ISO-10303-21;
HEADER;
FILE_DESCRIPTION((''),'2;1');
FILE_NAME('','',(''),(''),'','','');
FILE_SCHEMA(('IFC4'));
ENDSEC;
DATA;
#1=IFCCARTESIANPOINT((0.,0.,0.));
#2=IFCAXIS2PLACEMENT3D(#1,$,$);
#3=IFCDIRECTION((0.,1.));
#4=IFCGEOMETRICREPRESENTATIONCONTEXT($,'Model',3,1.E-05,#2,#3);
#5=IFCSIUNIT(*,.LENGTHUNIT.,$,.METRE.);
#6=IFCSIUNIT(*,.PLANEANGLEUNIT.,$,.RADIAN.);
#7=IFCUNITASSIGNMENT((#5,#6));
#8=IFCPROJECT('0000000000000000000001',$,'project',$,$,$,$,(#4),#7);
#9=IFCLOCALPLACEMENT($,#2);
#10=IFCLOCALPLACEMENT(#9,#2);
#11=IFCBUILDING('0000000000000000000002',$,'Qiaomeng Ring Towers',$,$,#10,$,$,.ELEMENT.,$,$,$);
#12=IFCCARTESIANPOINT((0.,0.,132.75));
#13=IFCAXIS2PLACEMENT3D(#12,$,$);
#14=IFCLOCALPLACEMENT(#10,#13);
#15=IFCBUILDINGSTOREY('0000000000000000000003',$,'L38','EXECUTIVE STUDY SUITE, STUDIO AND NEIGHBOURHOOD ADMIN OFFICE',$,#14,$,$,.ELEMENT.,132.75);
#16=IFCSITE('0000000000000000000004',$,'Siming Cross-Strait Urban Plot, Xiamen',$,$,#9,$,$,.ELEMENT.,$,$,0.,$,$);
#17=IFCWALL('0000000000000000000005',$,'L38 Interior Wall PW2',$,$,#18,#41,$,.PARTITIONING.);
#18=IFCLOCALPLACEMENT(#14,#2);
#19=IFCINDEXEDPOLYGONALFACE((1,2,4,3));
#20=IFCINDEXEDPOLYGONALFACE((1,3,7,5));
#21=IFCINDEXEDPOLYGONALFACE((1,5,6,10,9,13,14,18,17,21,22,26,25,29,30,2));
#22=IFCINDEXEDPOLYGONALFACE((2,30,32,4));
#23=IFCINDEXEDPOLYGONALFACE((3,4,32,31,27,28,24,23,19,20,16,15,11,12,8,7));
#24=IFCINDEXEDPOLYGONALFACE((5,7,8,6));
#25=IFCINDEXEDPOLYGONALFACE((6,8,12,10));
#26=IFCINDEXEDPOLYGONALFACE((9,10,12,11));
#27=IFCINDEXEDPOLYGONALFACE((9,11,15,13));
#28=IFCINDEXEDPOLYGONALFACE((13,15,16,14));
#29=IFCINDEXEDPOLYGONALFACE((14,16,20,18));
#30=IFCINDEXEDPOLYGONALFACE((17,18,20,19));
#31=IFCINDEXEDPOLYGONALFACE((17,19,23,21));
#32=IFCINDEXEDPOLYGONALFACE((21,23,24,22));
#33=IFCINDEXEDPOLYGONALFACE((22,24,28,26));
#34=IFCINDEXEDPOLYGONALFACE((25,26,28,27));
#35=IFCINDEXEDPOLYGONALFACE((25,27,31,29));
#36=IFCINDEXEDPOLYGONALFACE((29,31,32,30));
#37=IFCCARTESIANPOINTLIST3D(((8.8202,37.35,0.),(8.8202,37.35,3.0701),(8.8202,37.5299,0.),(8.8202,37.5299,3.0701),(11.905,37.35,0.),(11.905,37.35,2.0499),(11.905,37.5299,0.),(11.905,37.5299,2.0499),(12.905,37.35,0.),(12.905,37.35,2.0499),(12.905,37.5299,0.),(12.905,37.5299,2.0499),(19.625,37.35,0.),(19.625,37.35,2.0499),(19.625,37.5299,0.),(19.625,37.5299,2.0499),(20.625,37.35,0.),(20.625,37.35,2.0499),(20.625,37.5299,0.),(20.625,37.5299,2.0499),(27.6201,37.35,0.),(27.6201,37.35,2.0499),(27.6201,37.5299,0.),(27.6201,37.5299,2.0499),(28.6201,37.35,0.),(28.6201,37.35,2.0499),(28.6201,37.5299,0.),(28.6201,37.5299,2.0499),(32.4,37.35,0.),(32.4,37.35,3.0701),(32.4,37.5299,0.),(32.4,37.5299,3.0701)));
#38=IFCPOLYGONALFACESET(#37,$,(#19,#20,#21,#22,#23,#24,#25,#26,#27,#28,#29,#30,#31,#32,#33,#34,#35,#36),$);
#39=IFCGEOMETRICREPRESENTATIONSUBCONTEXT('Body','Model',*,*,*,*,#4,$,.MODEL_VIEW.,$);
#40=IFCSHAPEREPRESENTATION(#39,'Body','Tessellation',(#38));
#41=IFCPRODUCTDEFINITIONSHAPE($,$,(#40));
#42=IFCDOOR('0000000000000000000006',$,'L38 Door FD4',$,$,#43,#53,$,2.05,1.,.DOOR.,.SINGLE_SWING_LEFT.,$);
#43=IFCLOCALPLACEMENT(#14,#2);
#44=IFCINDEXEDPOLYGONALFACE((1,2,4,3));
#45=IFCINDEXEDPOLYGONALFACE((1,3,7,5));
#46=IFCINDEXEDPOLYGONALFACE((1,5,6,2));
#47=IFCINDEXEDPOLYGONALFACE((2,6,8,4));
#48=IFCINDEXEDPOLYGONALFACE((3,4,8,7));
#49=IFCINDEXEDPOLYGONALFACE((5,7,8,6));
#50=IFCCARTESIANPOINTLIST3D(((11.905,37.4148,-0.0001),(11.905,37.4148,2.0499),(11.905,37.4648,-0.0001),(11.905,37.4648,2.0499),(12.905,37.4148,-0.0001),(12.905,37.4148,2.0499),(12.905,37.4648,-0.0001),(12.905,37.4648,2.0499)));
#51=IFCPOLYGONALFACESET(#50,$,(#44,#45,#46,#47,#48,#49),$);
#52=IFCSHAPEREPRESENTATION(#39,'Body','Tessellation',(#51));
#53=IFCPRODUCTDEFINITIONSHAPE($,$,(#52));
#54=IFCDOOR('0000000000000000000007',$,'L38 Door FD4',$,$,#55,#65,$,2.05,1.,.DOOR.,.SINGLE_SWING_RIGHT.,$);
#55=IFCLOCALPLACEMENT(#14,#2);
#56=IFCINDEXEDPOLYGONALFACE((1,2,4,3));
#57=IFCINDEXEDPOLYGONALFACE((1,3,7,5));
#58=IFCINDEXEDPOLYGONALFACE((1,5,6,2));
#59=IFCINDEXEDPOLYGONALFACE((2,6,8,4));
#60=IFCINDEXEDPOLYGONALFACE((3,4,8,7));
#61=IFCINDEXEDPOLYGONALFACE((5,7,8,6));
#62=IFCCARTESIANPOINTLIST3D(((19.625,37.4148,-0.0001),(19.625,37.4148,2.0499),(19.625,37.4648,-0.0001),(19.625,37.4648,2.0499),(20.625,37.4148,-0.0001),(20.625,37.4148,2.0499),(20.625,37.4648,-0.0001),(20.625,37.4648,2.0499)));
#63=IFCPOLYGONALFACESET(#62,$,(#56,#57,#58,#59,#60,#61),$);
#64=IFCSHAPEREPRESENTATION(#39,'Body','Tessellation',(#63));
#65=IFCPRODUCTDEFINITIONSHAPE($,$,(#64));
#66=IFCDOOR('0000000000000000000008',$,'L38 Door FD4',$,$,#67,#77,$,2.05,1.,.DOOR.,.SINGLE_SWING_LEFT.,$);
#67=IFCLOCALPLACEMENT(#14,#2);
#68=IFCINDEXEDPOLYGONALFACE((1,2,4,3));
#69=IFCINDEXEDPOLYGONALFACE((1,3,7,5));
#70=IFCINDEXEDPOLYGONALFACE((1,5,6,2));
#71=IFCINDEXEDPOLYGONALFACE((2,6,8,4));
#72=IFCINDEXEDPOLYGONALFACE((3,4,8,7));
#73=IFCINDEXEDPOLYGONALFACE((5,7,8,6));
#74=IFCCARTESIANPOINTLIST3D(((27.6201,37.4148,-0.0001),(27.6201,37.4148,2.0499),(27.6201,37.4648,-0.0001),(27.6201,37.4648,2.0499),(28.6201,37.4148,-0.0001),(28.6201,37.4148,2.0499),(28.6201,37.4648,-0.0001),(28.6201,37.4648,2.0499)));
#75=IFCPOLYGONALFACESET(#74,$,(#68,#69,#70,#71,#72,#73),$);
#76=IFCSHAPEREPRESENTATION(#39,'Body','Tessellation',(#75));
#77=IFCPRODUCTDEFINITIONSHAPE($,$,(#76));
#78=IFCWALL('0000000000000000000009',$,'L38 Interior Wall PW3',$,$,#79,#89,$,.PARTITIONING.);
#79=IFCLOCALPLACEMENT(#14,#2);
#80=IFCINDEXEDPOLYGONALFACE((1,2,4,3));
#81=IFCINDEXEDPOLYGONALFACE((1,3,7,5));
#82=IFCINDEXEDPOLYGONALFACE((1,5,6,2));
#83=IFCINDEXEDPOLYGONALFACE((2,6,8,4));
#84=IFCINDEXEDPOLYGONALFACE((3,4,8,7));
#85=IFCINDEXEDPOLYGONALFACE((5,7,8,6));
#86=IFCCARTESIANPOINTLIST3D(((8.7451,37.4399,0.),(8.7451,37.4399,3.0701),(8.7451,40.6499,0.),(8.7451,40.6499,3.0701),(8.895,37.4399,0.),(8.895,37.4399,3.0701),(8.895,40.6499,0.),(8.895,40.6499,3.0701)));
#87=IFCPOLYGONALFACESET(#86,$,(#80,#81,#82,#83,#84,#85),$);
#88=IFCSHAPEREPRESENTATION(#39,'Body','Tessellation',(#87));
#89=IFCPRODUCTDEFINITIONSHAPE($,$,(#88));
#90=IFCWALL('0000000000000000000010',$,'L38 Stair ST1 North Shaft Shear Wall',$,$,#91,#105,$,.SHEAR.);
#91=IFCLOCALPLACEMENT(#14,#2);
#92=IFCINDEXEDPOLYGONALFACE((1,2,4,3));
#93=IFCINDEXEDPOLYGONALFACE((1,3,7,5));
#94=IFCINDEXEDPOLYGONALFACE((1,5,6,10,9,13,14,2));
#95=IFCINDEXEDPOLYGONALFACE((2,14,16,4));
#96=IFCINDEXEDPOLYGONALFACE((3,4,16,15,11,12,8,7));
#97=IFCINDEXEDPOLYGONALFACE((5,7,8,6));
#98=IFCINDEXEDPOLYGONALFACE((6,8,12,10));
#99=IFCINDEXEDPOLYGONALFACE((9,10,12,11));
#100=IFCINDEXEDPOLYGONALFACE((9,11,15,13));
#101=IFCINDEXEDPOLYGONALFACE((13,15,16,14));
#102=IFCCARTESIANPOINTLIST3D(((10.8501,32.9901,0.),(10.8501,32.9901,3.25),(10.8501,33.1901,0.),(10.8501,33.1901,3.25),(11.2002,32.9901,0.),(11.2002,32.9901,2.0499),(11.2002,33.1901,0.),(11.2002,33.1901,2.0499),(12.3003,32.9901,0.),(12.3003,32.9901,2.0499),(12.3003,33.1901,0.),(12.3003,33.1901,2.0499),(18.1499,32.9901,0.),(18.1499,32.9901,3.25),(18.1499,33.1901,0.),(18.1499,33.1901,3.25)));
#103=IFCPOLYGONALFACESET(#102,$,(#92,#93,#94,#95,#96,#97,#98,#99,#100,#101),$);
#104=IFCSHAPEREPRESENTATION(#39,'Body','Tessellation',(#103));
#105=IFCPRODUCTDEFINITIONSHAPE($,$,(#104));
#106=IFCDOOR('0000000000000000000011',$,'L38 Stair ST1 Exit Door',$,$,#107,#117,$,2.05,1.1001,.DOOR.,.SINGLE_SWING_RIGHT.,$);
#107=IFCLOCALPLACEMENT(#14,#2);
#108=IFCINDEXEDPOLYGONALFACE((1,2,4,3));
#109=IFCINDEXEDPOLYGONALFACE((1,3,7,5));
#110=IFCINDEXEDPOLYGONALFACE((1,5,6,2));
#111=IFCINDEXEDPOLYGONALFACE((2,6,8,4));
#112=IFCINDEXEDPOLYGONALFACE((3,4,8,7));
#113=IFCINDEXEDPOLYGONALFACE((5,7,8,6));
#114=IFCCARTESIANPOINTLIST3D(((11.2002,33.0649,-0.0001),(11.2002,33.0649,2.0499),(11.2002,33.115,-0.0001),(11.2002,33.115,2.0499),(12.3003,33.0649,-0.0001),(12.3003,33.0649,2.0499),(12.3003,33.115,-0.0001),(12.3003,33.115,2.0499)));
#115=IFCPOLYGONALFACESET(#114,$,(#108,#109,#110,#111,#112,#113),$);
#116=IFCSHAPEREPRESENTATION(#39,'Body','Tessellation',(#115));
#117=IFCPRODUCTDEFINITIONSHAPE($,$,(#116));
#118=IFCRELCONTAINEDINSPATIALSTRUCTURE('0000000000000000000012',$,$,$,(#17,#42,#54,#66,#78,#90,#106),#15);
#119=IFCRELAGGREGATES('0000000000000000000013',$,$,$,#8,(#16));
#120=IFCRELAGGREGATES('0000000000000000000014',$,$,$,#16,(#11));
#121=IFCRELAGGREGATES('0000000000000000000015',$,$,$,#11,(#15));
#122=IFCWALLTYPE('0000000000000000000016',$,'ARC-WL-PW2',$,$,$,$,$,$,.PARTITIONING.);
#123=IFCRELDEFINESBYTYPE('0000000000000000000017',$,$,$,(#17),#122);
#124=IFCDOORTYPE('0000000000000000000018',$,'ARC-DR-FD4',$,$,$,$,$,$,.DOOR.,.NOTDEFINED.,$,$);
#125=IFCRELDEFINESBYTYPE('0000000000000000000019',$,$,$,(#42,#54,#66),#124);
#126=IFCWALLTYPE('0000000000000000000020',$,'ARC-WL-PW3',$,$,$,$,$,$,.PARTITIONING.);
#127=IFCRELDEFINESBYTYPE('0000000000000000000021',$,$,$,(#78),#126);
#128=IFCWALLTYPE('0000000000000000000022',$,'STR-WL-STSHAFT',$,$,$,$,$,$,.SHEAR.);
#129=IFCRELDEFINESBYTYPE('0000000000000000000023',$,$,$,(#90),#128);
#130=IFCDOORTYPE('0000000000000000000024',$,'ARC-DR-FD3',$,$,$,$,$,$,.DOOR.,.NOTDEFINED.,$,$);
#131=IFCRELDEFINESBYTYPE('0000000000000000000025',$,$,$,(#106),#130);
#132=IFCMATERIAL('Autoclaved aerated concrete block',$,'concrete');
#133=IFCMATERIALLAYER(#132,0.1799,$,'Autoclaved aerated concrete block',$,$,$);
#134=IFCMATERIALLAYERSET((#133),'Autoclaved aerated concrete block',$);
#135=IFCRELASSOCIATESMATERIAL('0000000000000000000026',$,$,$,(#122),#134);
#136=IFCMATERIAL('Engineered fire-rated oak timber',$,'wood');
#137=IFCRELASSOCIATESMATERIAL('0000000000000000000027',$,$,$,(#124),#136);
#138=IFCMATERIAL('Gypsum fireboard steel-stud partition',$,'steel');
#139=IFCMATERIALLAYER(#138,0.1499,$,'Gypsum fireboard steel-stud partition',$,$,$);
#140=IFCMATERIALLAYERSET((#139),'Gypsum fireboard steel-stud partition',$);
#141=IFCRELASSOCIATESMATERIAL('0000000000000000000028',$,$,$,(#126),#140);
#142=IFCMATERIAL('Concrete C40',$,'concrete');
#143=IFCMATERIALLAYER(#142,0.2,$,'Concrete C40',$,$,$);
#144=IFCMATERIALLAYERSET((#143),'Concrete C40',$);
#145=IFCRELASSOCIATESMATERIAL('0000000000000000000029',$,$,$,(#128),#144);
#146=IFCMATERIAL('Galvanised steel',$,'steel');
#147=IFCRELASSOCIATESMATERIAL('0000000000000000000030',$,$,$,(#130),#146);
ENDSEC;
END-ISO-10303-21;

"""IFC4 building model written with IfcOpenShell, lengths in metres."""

from ifc_helpers import new_model, si_unit, direction, frame, frame_2d, origin, place, context, subcontext, project, spatial, rectangle, extrude, source, transform, mapped, material, layer, layer_set, type_object, element, fill, save


model = new_model("IFC4")

# Units and contexts
model_context = context("Model", 3, precision=1e-05, world=origin(), true_north=direction((0.0, 1.0)))
body_context = subcontext(model_context, "Body", "Model", "MODEL_VIEW")
ifc_project = project(units=[si_unit("LENGTHUNIT", "METRE"), si_unit("PLANEANGLEUNIT", "RADIAN")], contexts=[model_context])

# Site, building, storey
site_placement = place(None, origin())
site = spatial("IfcSite", under=ifc_project, at=site_placement, Name="Siming Cross-Strait Urban Plot, Xiamen", CompositionType="ELEMENT", RefElevation=0.0)
building_placement = place(site_placement, origin())
building = spatial("IfcBuilding", under=site, at=building_placement, Name="Qiaomeng Ring Towers", CompositionType="ELEMENT")
storey_placement = place(building_placement, frame((0.0, 0.0, 132.75)))
storey = spatial("IfcBuildingStorey", under=building, at=storey_placement, Name="L38", Description="EXECUTIVE STUDY SUITE, STUDIO AND NEIGHBOURHOOD ADMIN OFFICE", CompositionType="ELEMENT", Elevation=132.75)

# Wall, openings, doors
ifc_material_1 = material(Name="Autoclaved aerated concrete block", Category="concrete")
ifc_layer_1 = layer(ifc_material_1, 0.1799, Name="Autoclaved aerated concrete block")
ifc_layer_set_1 = layer_set([ifc_layer_1], Name="Autoclaved aerated concrete block")
wall_type_1 = type_object("IfcWallType", Name="ARC-WL-PW2", PredefinedType="PARTITIONING", material=ifc_layer_set_1)
wall_1_placement = place(storey_placement, frame((8.8201, 37.4399, 0.0), z_axis=(0.0, 0.0, 1.0), x_axis=(1.0, 0.0, 0.0)))
wall_1 = element("IfcWall", 1, at=wall_1_placement, inside=storey, type_object=wall_type_1, Name="L38 Interior Wall PW2", PredefinedType="PARTITIONING", context=body_context, shape_type="SweptSolid", body=[
    extrude(rectangle(XDim=23.5798, YDim=0.1799, at=frame_2d((11.79, 0.0))), origin(), (0.0, 0.0, 1.0), 3.0701),
])
opening_1_placement = place(wall_1_placement, frame((3.085, 0.0, 0.0)))
opening_1 = element("IfcOpeningElement", 2, at=opening_1_placement, cuts=wall_1, PredefinedType="OPENING", context=body_context, shape_type="SweptSolid", body=[
    extrude(rectangle(XDim=1.0, YDim=2.05, at=frame_2d((0.5, 1.0249))), frame((0.0, 0.0999, 0.0), z_axis=(0.0, -1.0, 0.0), x_axis=(1.0, 0.0, 0.0)), (0.0, 0.0, 1.0), 0.2),
])
opening_2_placement = place(wall_1_placement, frame((10.8049, 0.0, 0.0)))
opening_2 = element("IfcOpeningElement", 3, at=opening_2_placement, cuts=wall_1, PredefinedType="OPENING", context=body_context, shape_type="SweptSolid", body=[
    extrude(rectangle(XDim=1.0, YDim=2.05, at=frame_2d((0.5, 1.0249))), frame((0.0, 0.0999, 0.0), z_axis=(0.0, -1.0, 0.0), x_axis=(1.0, 0.0, 0.0)), (0.0, 0.0, 1.0), 0.2),
])
opening_3_placement = place(wall_1_placement, frame((18.8, 0.0, 0.0)))
opening_3 = element("IfcOpeningElement", 4, at=opening_3_placement, cuts=wall_1, PredefinedType="OPENING", context=body_context, shape_type="SweptSolid", body=[
    extrude(rectangle(XDim=1.0, YDim=2.05, at=frame_2d((0.5, 1.0249))), frame((0.0, 0.0999, 0.0), z_axis=(0.0, -1.0, 0.0), x_axis=(1.0, 0.0, 0.0)), (0.0, 0.0, 1.0), 0.2),
])
ifc_material_2 = material(Name="Engineered fire-rated oak timber", Category="wood")
door_type_1 = type_object("IfcDoorType", Name="ARC-DR-FD4", OperationType="NOTDEFINED", PredefinedType="DOOR", material=ifc_material_2)
shared_shape_1 = source(origin(), body_context, "Body", "SweptSolid", [
    extrude(rectangle(XDim=1.0, YDim=2.05, at=frame_2d((0.5, 1.0249))), frame((0.0, 0.0249, 0.0), z_axis=(0.0, -1.0, 0.0), x_axis=(1.0, 0.0, 0.0)), (0.0, 0.0, 1.0), 0.05),
])
door_1_placement = place(opening_1_placement, origin())
door_1 = element("IfcDoor", 5, at=door_1_placement, inside=storey, type_object=door_type_1, Name="L38 Door FD4", OperationType="SINGLE_SWING_LEFT", OverallHeight=2.05, OverallWidth=1.0, PredefinedType="DOOR", context=body_context, shape_type="MappedRepresentation", body=[
    mapped(shared_shape_1, transform((0.0, 0.0, 0.0), x_axis=(1.0, 0.0, 0.0), y_axis=(0.0, 1.0, 0.0), z_axis=(0.0, 0.0, 1.0), scale=1.0)),
])
fill(opening_1, door_1)
door_2_placement = place(opening_2_placement, origin())
door_2 = element("IfcDoor", 6, at=door_2_placement, inside=storey, type_object=door_type_1, Name="L38 Door FD4", OperationType="SINGLE_SWING_RIGHT", OverallHeight=2.05, OverallWidth=1.0, PredefinedType="DOOR", context=body_context, shape_type="MappedRepresentation", body=[
    mapped(shared_shape_1, transform((0.0, 0.0, 0.0), x_axis=(1.0, 0.0, 0.0), y_axis=(0.0, 1.0, 0.0), z_axis=(0.0, 0.0, 1.0), scale=1.0)),
])
fill(opening_2, door_2)
door_3_placement = place(opening_3_placement, origin())
door_3 = element("IfcDoor", 7, at=door_3_placement, inside=storey, type_object=door_type_1, Name="L38 Door FD4", OperationType="SINGLE_SWING_LEFT", OverallHeight=2.05, OverallWidth=1.0, PredefinedType="DOOR", context=body_context, shape_type="MappedRepresentation", body=[
    mapped(shared_shape_1, transform((0.0, 0.0, 0.0), x_axis=(1.0, 0.0, 0.0), y_axis=(0.0, 1.0, 0.0), z_axis=(0.0, 0.0, 1.0), scale=1.0)),
])
fill(opening_3, door_3)

# Wall
ifc_material_3 = material(Name="Gypsum fireboard steel-stud partition", Category="steel")
ifc_layer_2 = layer(ifc_material_3, 0.1499, Name="Gypsum fireboard steel-stud partition")
ifc_layer_set_2 = layer_set([ifc_layer_2], Name="Gypsum fireboard steel-stud partition")
wall_type_2 = type_object("IfcWallType", Name="ARC-WL-PW3", PredefinedType="PARTITIONING", material=ifc_layer_set_2)
wall_2_placement = place(storey_placement, frame((8.8201, 37.4399, 0.0), z_axis=(0.0, 0.0, 1.0), x_axis=(0.0, 1.0, 0.0)))
element("IfcWall", 8, at=wall_2_placement, inside=storey, type_object=wall_type_2, Name="L38 Interior Wall PW3", PredefinedType="PARTITIONING", context=body_context, shape_type="SweptSolid", body=[
    extrude(rectangle(XDim=3.21, YDim=0.1499, at=frame_2d((1.605, 0.0))), origin(), (0.0, 0.0, 1.0), 3.0701),
])

# Wall, opening, door
ifc_material_4 = material(Name="Concrete C40", Category="concrete")
ifc_layer_3 = layer(ifc_material_4, 0.2, Name="Concrete C40")
ifc_layer_set_3 = layer_set([ifc_layer_3], Name="Concrete C40")
wall_type_3 = type_object("IfcWallType", Name="STR-WL-STSHAFT", PredefinedType="SHEAR", material=ifc_layer_set_3)
wall_3_placement = place(storey_placement, frame((10.8501, 33.0901, 0.0), z_axis=(0.0, 0.0, 1.0), x_axis=(1.0, 0.0, 0.0)))
wall_3 = element("IfcWall", 9, at=wall_3_placement, inside=storey, type_object=wall_type_3, Name="L38 Stair ST1 North Shaft Shear Wall", PredefinedType="SHEAR", context=body_context, shape_type="SweptSolid", body=[
    extrude(rectangle(XDim=7.2998, YDim=0.2, at=frame_2d((3.6499, 0.0))), origin(), (0.0, 0.0, 1.0), 3.25),
])
opening_4_placement = place(wall_3_placement, frame((0.3501, 0.0, 0.0)))
opening_4 = element("IfcOpeningElement", 10, at=opening_4_placement, cuts=wall_3, PredefinedType="OPENING", context=body_context, shape_type="SweptSolid", body=[
    extrude(rectangle(XDim=1.1001, YDim=2.05, at=frame_2d((0.55, 1.0249))), frame((0.0, 0.1099, 0.0), z_axis=(0.0, -1.0, 0.0), x_axis=(1.0, 0.0, 0.0)), (0.0, 0.0, 1.0), 0.22),
])
ifc_material_5 = material(Name="Galvanised steel", Category="steel")
door_type_2 = type_object("IfcDoorType", Name="ARC-DR-FD3", OperationType="NOTDEFINED", PredefinedType="DOOR", material=ifc_material_5)
shared_shape_2 = source(origin(), body_context, "Body", "SweptSolid", [
    extrude(rectangle(XDim=1.1001, YDim=2.05, at=frame_2d((0.55, 1.0249))), frame((0.0, 0.0249, 0.0), z_axis=(0.0, -1.0, 0.0), x_axis=(1.0, 0.0, 0.0)), (0.0, 0.0, 1.0), 0.05),
])
door_4_placement = place(opening_4_placement, origin())
door_4 = element("IfcDoor", 11, at=door_4_placement, inside=storey, type_object=door_type_2, Name="L38 Stair ST1 Exit Door", OperationType="SINGLE_SWING_RIGHT", OverallHeight=2.05, OverallWidth=1.1001, PredefinedType="DOOR", context=body_context, shape_type="MappedRepresentation", body=[
    mapped(shared_shape_2, transform((0.0, 0.0, 0.0), x_axis=(1.0, 0.0, 0.0), y_axis=(0.0, 1.0, 0.0), z_axis=(0.0, 0.0, 1.0), scale=1.0)),
])
fill(opening_4, door_4)

save(model, "model.ifc")
